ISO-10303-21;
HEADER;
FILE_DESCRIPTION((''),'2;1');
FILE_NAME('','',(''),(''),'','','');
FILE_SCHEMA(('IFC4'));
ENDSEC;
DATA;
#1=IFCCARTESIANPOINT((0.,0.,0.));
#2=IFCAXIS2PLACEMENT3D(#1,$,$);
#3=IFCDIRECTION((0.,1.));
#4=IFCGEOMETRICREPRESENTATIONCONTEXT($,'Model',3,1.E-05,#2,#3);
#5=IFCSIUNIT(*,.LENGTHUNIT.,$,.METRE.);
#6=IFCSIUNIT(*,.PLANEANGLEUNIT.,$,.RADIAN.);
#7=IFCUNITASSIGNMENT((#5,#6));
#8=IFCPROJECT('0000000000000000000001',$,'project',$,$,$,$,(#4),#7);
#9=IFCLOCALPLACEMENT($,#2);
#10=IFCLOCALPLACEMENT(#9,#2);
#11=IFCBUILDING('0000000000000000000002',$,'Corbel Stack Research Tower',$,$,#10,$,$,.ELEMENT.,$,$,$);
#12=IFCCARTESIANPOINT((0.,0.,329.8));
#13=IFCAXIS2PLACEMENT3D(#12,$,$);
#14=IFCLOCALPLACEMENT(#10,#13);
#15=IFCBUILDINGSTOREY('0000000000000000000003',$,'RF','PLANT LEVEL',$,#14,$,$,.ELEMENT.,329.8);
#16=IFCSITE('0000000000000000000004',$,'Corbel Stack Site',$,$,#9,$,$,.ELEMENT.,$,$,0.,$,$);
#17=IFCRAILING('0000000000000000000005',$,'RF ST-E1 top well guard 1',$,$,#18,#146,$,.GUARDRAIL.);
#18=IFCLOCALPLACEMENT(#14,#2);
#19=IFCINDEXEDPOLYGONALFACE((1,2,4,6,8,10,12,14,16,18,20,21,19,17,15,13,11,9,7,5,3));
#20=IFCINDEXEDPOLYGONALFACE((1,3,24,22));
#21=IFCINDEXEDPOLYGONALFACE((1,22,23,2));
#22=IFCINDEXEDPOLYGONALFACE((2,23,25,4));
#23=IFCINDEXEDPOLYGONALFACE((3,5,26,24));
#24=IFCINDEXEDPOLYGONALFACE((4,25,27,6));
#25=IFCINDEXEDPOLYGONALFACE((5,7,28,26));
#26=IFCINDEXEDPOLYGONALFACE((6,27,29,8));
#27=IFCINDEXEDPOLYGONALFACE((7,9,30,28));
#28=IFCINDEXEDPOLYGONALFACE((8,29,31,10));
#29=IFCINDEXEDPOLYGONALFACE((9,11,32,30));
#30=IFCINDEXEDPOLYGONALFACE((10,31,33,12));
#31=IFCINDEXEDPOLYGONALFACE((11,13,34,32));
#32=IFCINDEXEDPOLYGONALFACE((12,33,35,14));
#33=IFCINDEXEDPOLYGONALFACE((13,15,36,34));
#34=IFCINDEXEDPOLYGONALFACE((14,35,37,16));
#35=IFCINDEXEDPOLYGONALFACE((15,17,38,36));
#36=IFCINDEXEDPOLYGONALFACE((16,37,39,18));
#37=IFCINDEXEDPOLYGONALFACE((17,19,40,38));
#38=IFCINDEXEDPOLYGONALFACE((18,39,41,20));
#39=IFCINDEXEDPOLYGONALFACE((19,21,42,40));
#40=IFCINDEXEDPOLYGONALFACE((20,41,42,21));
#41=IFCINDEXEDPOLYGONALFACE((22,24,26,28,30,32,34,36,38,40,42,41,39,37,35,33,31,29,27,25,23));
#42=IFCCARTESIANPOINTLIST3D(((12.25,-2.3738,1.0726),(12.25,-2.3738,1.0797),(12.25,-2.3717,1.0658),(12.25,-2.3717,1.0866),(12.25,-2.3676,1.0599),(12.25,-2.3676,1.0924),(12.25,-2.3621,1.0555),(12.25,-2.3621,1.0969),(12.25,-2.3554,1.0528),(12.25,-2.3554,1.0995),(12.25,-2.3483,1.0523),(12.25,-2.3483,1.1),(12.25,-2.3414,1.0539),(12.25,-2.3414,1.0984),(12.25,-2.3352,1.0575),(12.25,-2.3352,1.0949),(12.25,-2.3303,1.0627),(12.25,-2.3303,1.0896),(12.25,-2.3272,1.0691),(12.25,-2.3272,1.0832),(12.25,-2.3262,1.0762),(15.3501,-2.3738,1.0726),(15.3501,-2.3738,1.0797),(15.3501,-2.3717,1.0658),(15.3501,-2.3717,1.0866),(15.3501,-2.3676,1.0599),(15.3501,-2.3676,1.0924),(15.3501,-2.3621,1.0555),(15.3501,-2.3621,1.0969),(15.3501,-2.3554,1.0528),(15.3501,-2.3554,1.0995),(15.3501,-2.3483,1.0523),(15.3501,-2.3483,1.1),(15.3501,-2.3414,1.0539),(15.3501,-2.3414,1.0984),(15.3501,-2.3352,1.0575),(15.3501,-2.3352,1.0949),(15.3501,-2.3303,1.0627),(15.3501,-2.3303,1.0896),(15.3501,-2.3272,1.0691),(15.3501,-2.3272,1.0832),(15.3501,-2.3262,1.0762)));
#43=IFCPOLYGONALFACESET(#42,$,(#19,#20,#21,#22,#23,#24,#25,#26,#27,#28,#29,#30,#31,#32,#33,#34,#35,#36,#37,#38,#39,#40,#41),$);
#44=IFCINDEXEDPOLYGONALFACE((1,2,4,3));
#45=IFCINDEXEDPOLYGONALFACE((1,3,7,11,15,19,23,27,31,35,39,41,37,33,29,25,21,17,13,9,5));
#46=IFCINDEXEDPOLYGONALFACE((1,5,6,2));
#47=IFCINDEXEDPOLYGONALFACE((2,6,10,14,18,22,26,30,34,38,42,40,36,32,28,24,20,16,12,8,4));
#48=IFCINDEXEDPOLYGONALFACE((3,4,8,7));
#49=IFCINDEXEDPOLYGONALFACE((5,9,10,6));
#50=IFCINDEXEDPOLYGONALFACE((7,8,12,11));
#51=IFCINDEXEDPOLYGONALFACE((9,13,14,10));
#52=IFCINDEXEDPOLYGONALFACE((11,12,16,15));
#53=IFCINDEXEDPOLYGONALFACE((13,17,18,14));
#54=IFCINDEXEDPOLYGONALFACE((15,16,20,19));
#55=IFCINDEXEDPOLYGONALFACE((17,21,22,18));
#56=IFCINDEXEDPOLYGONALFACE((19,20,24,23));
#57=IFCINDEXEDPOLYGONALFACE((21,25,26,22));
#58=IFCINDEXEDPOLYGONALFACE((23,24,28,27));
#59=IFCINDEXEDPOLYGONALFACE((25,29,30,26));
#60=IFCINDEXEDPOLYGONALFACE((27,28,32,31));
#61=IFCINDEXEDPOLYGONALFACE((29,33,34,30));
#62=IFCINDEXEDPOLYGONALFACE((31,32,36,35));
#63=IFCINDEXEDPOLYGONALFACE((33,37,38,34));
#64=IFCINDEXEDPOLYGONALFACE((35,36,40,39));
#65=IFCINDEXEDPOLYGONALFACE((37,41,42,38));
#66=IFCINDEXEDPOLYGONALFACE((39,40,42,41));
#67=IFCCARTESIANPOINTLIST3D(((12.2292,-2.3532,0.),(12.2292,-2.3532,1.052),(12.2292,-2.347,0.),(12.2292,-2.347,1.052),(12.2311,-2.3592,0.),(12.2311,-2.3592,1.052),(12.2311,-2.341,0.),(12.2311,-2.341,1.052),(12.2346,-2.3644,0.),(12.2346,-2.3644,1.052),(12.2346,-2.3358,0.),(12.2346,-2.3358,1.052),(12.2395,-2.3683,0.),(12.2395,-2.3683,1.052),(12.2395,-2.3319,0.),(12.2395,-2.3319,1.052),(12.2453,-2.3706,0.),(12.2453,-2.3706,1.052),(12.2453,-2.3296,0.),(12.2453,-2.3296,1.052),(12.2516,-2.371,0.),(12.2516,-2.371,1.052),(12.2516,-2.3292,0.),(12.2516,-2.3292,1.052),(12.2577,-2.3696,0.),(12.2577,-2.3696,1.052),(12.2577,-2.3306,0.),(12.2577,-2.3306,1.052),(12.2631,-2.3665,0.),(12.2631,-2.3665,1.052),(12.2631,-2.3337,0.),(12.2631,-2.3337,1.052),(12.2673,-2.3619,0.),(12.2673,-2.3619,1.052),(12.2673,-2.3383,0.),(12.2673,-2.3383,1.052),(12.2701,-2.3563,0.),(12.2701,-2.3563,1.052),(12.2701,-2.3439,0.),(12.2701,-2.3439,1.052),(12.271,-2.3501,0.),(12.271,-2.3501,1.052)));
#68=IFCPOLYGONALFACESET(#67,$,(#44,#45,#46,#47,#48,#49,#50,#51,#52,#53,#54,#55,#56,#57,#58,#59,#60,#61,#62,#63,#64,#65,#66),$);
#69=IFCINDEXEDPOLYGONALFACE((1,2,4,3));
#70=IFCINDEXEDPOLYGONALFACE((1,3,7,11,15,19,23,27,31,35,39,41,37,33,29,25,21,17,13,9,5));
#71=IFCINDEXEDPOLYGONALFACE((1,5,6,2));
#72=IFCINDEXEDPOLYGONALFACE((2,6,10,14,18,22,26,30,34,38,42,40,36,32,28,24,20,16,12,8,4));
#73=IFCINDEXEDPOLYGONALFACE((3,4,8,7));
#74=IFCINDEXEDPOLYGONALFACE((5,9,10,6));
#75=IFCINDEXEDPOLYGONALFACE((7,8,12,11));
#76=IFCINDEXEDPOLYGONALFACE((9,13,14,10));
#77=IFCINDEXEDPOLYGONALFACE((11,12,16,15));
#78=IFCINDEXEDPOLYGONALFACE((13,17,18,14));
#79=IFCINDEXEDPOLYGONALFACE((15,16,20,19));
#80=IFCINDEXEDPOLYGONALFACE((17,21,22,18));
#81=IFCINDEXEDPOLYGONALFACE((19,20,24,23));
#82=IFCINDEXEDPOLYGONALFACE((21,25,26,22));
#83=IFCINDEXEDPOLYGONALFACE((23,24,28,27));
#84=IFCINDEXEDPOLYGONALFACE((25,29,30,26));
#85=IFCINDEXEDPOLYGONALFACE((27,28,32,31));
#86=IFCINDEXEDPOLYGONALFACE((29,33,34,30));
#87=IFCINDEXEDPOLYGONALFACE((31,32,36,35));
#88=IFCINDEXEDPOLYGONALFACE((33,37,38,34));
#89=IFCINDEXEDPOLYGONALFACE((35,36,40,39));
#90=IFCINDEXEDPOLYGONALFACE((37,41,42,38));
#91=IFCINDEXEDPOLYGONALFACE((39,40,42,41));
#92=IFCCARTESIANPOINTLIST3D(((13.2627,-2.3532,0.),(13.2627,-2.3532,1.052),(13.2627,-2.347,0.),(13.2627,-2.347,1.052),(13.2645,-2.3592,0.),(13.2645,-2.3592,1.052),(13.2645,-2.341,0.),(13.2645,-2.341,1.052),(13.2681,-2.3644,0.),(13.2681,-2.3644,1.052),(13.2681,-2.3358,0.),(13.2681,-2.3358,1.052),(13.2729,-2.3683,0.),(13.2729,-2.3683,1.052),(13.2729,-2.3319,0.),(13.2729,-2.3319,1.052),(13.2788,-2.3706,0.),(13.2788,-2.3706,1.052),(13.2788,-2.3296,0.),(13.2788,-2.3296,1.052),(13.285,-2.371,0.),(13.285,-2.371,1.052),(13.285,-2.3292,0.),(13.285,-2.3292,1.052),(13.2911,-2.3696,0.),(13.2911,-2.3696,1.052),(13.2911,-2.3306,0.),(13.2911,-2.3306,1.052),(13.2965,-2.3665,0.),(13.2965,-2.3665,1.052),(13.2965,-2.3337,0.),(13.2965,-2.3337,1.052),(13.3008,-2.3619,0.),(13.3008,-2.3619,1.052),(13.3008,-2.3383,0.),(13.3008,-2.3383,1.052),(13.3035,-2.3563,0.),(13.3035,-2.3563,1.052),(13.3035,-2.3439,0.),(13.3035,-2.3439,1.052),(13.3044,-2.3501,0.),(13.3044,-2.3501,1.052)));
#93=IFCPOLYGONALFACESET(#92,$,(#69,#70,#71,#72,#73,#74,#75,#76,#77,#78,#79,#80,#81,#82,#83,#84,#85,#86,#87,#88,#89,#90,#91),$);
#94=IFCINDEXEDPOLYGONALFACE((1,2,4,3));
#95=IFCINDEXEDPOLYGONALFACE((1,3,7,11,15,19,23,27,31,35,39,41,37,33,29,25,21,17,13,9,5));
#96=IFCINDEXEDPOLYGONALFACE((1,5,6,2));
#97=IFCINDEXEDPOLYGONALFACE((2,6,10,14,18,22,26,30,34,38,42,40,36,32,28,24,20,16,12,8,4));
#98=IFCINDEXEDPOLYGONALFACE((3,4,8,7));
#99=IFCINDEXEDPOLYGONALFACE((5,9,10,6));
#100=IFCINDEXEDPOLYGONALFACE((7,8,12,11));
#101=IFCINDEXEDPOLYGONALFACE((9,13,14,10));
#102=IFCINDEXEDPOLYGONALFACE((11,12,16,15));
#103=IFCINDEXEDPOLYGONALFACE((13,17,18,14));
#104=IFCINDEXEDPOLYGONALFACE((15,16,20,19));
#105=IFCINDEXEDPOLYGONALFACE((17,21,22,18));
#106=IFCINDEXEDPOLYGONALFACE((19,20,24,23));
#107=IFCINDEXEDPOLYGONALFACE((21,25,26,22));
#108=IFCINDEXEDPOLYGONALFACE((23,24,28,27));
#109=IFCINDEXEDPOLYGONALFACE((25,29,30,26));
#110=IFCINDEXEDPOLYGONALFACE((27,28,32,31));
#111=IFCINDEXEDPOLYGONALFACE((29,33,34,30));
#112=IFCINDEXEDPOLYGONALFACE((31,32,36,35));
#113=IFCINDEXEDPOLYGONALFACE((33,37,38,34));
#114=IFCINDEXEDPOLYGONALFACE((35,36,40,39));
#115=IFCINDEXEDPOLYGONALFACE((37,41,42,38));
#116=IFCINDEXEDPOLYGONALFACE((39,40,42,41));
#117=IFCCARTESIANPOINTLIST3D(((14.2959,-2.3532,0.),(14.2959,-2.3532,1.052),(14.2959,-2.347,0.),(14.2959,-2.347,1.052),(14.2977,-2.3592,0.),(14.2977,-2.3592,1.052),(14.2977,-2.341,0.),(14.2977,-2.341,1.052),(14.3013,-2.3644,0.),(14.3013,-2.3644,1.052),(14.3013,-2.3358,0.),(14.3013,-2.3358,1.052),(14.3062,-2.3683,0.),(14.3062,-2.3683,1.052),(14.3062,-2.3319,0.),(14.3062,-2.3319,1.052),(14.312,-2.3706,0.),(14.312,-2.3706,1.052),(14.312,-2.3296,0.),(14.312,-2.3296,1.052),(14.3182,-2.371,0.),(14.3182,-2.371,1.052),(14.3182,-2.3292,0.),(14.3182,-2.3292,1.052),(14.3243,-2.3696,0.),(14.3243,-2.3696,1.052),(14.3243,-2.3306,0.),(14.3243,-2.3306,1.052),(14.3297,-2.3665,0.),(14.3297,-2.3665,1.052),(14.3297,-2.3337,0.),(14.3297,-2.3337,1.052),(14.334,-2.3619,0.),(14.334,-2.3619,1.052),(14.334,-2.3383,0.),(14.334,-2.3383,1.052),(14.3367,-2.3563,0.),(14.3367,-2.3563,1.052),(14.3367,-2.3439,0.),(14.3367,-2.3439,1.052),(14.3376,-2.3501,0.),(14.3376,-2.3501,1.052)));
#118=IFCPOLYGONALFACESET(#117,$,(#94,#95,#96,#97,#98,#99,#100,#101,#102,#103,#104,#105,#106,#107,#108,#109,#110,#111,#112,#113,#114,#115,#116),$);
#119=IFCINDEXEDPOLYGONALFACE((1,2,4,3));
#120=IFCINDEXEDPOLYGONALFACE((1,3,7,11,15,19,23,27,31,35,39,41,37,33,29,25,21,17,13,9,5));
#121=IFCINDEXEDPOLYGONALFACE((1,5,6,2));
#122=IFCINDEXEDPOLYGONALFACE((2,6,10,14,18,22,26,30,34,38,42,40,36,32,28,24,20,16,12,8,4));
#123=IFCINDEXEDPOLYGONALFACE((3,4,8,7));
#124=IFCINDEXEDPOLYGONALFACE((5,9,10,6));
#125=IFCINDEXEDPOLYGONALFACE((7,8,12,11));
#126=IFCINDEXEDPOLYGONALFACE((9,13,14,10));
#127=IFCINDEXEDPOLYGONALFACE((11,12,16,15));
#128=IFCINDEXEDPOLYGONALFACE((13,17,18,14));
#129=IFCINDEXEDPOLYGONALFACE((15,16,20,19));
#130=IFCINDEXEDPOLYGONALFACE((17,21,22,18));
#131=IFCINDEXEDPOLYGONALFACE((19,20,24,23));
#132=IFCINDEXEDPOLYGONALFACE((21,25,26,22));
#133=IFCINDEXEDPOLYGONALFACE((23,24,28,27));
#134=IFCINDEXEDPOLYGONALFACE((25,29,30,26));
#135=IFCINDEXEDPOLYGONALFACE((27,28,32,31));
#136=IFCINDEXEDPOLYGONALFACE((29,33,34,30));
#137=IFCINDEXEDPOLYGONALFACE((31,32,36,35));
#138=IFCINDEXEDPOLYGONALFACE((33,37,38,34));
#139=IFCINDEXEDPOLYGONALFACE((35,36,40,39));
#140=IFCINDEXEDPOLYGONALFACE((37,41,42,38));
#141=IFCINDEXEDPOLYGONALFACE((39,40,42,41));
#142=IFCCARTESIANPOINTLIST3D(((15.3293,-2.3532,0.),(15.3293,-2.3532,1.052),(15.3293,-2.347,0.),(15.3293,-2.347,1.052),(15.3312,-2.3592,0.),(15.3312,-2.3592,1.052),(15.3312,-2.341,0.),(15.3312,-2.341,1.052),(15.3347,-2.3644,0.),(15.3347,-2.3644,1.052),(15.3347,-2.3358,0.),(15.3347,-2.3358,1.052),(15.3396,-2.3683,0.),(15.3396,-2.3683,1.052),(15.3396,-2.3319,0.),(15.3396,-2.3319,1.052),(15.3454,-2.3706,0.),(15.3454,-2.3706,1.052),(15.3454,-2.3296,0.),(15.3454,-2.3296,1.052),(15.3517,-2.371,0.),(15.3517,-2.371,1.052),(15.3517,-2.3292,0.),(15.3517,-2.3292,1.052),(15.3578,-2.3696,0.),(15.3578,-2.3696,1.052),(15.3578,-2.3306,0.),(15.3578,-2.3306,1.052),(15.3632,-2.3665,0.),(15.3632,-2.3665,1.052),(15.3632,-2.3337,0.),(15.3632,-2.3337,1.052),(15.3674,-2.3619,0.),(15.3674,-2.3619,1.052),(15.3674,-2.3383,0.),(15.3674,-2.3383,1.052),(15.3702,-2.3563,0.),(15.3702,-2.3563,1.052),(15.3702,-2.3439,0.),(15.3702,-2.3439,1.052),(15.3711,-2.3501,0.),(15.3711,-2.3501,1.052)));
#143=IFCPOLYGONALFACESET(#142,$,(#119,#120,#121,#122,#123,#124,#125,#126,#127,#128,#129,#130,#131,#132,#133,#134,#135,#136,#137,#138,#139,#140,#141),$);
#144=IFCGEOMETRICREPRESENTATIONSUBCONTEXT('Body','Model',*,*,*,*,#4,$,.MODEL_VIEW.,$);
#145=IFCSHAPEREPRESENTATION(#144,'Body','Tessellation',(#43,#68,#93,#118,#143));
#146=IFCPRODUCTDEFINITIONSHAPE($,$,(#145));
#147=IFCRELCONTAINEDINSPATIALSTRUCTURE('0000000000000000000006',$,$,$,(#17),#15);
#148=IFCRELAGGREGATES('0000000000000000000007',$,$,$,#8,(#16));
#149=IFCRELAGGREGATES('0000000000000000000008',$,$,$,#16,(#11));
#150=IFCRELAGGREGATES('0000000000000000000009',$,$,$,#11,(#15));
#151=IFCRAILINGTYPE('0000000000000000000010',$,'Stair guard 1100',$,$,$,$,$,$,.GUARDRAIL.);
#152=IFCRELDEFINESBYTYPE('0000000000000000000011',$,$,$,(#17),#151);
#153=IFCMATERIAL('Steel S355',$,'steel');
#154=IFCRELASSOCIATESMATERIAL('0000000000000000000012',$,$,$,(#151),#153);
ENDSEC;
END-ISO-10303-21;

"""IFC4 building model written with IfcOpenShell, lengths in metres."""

from ifc_helpers import new_model, si_unit, direction, frame, origin, origin_2d, place, context, subcontext, project, spatial, circle, extrude, material, type_object, element, save


model = new_model("IFC4")

# Units and contexts
model_context = context("Model", 3, precision=1e-05, world=origin(), true_north=direction((0.0, 1.0)))
body_context = subcontext(model_context, "Body", "Model", "MODEL_VIEW")
ifc_project = project(units=[si_unit("LENGTHUNIT", "METRE"), si_unit("PLANEANGLEUNIT", "RADIAN")], contexts=[model_context])

# Site, building, storey
site_placement = place(None, origin())
site = spatial("IfcSite", under=ifc_project, at=site_placement, Name="Corbel Stack Site", CompositionType="ELEMENT", RefElevation=0.0)
building_placement = place(site_placement, origin())
building = spatial("IfcBuilding", under=site, at=building_placement, Name="Corbel Stack Research Tower", CompositionType="ELEMENT")
storey_placement = place(building_placement, frame((0.0, 0.0, 329.8)))
storey = spatial("IfcBuildingStorey", under=building, at=storey_placement, Name="RF", Description="PLANT LEVEL", CompositionType="ELEMENT", Elevation=329.8)

# Railing
ifc_material_1 = material(Name="Steel S355", Category="steel")
railing_type = type_object("IfcRailingType", Name="Stair guard 1100", PredefinedType="GUARDRAIL", material=ifc_material_1)
railing_placement = place(storey_placement, frame((12.25, -2.3501, 0.0)))
element("IfcRailing", 1, at=railing_placement, inside=storey, type_object=railing_type, Name="RF ST-E1 top well guard 1", PredefinedType="GUARDRAIL", context=body_context, shape_type="SweptSolid", body=[
    extrude(circle(Radius=0.0239, at=origin_2d()), frame((0.0, 0.0, 1.0762), z_axis=(1.0, 0.0, 0.0), x_axis=(0.0, 1.0, 0.0)), (0.0, 0.0, 1.0), 3.1001),
    extrude(circle(Radius=0.021, at=origin_2d()), origin(), (0.0, 0.0, 1.0), 1.052),
    extrude(circle(Radius=0.021, at=origin_2d()), frame((1.0334, 0.0, 0.0)), (0.0, 0.0, 1.0), 1.052),
    extrude(circle(Radius=0.021, at=origin_2d()), frame((2.0667, 0.0, 0.0)), (0.0, 0.0, 1.0), 1.052),
    extrude(circle(Radius=0.021, at=origin_2d()), frame((3.1001, 0.0, 0.0)), (0.0, 0.0, 1.0), 1.052),
])

save(model, "model.ifc")
